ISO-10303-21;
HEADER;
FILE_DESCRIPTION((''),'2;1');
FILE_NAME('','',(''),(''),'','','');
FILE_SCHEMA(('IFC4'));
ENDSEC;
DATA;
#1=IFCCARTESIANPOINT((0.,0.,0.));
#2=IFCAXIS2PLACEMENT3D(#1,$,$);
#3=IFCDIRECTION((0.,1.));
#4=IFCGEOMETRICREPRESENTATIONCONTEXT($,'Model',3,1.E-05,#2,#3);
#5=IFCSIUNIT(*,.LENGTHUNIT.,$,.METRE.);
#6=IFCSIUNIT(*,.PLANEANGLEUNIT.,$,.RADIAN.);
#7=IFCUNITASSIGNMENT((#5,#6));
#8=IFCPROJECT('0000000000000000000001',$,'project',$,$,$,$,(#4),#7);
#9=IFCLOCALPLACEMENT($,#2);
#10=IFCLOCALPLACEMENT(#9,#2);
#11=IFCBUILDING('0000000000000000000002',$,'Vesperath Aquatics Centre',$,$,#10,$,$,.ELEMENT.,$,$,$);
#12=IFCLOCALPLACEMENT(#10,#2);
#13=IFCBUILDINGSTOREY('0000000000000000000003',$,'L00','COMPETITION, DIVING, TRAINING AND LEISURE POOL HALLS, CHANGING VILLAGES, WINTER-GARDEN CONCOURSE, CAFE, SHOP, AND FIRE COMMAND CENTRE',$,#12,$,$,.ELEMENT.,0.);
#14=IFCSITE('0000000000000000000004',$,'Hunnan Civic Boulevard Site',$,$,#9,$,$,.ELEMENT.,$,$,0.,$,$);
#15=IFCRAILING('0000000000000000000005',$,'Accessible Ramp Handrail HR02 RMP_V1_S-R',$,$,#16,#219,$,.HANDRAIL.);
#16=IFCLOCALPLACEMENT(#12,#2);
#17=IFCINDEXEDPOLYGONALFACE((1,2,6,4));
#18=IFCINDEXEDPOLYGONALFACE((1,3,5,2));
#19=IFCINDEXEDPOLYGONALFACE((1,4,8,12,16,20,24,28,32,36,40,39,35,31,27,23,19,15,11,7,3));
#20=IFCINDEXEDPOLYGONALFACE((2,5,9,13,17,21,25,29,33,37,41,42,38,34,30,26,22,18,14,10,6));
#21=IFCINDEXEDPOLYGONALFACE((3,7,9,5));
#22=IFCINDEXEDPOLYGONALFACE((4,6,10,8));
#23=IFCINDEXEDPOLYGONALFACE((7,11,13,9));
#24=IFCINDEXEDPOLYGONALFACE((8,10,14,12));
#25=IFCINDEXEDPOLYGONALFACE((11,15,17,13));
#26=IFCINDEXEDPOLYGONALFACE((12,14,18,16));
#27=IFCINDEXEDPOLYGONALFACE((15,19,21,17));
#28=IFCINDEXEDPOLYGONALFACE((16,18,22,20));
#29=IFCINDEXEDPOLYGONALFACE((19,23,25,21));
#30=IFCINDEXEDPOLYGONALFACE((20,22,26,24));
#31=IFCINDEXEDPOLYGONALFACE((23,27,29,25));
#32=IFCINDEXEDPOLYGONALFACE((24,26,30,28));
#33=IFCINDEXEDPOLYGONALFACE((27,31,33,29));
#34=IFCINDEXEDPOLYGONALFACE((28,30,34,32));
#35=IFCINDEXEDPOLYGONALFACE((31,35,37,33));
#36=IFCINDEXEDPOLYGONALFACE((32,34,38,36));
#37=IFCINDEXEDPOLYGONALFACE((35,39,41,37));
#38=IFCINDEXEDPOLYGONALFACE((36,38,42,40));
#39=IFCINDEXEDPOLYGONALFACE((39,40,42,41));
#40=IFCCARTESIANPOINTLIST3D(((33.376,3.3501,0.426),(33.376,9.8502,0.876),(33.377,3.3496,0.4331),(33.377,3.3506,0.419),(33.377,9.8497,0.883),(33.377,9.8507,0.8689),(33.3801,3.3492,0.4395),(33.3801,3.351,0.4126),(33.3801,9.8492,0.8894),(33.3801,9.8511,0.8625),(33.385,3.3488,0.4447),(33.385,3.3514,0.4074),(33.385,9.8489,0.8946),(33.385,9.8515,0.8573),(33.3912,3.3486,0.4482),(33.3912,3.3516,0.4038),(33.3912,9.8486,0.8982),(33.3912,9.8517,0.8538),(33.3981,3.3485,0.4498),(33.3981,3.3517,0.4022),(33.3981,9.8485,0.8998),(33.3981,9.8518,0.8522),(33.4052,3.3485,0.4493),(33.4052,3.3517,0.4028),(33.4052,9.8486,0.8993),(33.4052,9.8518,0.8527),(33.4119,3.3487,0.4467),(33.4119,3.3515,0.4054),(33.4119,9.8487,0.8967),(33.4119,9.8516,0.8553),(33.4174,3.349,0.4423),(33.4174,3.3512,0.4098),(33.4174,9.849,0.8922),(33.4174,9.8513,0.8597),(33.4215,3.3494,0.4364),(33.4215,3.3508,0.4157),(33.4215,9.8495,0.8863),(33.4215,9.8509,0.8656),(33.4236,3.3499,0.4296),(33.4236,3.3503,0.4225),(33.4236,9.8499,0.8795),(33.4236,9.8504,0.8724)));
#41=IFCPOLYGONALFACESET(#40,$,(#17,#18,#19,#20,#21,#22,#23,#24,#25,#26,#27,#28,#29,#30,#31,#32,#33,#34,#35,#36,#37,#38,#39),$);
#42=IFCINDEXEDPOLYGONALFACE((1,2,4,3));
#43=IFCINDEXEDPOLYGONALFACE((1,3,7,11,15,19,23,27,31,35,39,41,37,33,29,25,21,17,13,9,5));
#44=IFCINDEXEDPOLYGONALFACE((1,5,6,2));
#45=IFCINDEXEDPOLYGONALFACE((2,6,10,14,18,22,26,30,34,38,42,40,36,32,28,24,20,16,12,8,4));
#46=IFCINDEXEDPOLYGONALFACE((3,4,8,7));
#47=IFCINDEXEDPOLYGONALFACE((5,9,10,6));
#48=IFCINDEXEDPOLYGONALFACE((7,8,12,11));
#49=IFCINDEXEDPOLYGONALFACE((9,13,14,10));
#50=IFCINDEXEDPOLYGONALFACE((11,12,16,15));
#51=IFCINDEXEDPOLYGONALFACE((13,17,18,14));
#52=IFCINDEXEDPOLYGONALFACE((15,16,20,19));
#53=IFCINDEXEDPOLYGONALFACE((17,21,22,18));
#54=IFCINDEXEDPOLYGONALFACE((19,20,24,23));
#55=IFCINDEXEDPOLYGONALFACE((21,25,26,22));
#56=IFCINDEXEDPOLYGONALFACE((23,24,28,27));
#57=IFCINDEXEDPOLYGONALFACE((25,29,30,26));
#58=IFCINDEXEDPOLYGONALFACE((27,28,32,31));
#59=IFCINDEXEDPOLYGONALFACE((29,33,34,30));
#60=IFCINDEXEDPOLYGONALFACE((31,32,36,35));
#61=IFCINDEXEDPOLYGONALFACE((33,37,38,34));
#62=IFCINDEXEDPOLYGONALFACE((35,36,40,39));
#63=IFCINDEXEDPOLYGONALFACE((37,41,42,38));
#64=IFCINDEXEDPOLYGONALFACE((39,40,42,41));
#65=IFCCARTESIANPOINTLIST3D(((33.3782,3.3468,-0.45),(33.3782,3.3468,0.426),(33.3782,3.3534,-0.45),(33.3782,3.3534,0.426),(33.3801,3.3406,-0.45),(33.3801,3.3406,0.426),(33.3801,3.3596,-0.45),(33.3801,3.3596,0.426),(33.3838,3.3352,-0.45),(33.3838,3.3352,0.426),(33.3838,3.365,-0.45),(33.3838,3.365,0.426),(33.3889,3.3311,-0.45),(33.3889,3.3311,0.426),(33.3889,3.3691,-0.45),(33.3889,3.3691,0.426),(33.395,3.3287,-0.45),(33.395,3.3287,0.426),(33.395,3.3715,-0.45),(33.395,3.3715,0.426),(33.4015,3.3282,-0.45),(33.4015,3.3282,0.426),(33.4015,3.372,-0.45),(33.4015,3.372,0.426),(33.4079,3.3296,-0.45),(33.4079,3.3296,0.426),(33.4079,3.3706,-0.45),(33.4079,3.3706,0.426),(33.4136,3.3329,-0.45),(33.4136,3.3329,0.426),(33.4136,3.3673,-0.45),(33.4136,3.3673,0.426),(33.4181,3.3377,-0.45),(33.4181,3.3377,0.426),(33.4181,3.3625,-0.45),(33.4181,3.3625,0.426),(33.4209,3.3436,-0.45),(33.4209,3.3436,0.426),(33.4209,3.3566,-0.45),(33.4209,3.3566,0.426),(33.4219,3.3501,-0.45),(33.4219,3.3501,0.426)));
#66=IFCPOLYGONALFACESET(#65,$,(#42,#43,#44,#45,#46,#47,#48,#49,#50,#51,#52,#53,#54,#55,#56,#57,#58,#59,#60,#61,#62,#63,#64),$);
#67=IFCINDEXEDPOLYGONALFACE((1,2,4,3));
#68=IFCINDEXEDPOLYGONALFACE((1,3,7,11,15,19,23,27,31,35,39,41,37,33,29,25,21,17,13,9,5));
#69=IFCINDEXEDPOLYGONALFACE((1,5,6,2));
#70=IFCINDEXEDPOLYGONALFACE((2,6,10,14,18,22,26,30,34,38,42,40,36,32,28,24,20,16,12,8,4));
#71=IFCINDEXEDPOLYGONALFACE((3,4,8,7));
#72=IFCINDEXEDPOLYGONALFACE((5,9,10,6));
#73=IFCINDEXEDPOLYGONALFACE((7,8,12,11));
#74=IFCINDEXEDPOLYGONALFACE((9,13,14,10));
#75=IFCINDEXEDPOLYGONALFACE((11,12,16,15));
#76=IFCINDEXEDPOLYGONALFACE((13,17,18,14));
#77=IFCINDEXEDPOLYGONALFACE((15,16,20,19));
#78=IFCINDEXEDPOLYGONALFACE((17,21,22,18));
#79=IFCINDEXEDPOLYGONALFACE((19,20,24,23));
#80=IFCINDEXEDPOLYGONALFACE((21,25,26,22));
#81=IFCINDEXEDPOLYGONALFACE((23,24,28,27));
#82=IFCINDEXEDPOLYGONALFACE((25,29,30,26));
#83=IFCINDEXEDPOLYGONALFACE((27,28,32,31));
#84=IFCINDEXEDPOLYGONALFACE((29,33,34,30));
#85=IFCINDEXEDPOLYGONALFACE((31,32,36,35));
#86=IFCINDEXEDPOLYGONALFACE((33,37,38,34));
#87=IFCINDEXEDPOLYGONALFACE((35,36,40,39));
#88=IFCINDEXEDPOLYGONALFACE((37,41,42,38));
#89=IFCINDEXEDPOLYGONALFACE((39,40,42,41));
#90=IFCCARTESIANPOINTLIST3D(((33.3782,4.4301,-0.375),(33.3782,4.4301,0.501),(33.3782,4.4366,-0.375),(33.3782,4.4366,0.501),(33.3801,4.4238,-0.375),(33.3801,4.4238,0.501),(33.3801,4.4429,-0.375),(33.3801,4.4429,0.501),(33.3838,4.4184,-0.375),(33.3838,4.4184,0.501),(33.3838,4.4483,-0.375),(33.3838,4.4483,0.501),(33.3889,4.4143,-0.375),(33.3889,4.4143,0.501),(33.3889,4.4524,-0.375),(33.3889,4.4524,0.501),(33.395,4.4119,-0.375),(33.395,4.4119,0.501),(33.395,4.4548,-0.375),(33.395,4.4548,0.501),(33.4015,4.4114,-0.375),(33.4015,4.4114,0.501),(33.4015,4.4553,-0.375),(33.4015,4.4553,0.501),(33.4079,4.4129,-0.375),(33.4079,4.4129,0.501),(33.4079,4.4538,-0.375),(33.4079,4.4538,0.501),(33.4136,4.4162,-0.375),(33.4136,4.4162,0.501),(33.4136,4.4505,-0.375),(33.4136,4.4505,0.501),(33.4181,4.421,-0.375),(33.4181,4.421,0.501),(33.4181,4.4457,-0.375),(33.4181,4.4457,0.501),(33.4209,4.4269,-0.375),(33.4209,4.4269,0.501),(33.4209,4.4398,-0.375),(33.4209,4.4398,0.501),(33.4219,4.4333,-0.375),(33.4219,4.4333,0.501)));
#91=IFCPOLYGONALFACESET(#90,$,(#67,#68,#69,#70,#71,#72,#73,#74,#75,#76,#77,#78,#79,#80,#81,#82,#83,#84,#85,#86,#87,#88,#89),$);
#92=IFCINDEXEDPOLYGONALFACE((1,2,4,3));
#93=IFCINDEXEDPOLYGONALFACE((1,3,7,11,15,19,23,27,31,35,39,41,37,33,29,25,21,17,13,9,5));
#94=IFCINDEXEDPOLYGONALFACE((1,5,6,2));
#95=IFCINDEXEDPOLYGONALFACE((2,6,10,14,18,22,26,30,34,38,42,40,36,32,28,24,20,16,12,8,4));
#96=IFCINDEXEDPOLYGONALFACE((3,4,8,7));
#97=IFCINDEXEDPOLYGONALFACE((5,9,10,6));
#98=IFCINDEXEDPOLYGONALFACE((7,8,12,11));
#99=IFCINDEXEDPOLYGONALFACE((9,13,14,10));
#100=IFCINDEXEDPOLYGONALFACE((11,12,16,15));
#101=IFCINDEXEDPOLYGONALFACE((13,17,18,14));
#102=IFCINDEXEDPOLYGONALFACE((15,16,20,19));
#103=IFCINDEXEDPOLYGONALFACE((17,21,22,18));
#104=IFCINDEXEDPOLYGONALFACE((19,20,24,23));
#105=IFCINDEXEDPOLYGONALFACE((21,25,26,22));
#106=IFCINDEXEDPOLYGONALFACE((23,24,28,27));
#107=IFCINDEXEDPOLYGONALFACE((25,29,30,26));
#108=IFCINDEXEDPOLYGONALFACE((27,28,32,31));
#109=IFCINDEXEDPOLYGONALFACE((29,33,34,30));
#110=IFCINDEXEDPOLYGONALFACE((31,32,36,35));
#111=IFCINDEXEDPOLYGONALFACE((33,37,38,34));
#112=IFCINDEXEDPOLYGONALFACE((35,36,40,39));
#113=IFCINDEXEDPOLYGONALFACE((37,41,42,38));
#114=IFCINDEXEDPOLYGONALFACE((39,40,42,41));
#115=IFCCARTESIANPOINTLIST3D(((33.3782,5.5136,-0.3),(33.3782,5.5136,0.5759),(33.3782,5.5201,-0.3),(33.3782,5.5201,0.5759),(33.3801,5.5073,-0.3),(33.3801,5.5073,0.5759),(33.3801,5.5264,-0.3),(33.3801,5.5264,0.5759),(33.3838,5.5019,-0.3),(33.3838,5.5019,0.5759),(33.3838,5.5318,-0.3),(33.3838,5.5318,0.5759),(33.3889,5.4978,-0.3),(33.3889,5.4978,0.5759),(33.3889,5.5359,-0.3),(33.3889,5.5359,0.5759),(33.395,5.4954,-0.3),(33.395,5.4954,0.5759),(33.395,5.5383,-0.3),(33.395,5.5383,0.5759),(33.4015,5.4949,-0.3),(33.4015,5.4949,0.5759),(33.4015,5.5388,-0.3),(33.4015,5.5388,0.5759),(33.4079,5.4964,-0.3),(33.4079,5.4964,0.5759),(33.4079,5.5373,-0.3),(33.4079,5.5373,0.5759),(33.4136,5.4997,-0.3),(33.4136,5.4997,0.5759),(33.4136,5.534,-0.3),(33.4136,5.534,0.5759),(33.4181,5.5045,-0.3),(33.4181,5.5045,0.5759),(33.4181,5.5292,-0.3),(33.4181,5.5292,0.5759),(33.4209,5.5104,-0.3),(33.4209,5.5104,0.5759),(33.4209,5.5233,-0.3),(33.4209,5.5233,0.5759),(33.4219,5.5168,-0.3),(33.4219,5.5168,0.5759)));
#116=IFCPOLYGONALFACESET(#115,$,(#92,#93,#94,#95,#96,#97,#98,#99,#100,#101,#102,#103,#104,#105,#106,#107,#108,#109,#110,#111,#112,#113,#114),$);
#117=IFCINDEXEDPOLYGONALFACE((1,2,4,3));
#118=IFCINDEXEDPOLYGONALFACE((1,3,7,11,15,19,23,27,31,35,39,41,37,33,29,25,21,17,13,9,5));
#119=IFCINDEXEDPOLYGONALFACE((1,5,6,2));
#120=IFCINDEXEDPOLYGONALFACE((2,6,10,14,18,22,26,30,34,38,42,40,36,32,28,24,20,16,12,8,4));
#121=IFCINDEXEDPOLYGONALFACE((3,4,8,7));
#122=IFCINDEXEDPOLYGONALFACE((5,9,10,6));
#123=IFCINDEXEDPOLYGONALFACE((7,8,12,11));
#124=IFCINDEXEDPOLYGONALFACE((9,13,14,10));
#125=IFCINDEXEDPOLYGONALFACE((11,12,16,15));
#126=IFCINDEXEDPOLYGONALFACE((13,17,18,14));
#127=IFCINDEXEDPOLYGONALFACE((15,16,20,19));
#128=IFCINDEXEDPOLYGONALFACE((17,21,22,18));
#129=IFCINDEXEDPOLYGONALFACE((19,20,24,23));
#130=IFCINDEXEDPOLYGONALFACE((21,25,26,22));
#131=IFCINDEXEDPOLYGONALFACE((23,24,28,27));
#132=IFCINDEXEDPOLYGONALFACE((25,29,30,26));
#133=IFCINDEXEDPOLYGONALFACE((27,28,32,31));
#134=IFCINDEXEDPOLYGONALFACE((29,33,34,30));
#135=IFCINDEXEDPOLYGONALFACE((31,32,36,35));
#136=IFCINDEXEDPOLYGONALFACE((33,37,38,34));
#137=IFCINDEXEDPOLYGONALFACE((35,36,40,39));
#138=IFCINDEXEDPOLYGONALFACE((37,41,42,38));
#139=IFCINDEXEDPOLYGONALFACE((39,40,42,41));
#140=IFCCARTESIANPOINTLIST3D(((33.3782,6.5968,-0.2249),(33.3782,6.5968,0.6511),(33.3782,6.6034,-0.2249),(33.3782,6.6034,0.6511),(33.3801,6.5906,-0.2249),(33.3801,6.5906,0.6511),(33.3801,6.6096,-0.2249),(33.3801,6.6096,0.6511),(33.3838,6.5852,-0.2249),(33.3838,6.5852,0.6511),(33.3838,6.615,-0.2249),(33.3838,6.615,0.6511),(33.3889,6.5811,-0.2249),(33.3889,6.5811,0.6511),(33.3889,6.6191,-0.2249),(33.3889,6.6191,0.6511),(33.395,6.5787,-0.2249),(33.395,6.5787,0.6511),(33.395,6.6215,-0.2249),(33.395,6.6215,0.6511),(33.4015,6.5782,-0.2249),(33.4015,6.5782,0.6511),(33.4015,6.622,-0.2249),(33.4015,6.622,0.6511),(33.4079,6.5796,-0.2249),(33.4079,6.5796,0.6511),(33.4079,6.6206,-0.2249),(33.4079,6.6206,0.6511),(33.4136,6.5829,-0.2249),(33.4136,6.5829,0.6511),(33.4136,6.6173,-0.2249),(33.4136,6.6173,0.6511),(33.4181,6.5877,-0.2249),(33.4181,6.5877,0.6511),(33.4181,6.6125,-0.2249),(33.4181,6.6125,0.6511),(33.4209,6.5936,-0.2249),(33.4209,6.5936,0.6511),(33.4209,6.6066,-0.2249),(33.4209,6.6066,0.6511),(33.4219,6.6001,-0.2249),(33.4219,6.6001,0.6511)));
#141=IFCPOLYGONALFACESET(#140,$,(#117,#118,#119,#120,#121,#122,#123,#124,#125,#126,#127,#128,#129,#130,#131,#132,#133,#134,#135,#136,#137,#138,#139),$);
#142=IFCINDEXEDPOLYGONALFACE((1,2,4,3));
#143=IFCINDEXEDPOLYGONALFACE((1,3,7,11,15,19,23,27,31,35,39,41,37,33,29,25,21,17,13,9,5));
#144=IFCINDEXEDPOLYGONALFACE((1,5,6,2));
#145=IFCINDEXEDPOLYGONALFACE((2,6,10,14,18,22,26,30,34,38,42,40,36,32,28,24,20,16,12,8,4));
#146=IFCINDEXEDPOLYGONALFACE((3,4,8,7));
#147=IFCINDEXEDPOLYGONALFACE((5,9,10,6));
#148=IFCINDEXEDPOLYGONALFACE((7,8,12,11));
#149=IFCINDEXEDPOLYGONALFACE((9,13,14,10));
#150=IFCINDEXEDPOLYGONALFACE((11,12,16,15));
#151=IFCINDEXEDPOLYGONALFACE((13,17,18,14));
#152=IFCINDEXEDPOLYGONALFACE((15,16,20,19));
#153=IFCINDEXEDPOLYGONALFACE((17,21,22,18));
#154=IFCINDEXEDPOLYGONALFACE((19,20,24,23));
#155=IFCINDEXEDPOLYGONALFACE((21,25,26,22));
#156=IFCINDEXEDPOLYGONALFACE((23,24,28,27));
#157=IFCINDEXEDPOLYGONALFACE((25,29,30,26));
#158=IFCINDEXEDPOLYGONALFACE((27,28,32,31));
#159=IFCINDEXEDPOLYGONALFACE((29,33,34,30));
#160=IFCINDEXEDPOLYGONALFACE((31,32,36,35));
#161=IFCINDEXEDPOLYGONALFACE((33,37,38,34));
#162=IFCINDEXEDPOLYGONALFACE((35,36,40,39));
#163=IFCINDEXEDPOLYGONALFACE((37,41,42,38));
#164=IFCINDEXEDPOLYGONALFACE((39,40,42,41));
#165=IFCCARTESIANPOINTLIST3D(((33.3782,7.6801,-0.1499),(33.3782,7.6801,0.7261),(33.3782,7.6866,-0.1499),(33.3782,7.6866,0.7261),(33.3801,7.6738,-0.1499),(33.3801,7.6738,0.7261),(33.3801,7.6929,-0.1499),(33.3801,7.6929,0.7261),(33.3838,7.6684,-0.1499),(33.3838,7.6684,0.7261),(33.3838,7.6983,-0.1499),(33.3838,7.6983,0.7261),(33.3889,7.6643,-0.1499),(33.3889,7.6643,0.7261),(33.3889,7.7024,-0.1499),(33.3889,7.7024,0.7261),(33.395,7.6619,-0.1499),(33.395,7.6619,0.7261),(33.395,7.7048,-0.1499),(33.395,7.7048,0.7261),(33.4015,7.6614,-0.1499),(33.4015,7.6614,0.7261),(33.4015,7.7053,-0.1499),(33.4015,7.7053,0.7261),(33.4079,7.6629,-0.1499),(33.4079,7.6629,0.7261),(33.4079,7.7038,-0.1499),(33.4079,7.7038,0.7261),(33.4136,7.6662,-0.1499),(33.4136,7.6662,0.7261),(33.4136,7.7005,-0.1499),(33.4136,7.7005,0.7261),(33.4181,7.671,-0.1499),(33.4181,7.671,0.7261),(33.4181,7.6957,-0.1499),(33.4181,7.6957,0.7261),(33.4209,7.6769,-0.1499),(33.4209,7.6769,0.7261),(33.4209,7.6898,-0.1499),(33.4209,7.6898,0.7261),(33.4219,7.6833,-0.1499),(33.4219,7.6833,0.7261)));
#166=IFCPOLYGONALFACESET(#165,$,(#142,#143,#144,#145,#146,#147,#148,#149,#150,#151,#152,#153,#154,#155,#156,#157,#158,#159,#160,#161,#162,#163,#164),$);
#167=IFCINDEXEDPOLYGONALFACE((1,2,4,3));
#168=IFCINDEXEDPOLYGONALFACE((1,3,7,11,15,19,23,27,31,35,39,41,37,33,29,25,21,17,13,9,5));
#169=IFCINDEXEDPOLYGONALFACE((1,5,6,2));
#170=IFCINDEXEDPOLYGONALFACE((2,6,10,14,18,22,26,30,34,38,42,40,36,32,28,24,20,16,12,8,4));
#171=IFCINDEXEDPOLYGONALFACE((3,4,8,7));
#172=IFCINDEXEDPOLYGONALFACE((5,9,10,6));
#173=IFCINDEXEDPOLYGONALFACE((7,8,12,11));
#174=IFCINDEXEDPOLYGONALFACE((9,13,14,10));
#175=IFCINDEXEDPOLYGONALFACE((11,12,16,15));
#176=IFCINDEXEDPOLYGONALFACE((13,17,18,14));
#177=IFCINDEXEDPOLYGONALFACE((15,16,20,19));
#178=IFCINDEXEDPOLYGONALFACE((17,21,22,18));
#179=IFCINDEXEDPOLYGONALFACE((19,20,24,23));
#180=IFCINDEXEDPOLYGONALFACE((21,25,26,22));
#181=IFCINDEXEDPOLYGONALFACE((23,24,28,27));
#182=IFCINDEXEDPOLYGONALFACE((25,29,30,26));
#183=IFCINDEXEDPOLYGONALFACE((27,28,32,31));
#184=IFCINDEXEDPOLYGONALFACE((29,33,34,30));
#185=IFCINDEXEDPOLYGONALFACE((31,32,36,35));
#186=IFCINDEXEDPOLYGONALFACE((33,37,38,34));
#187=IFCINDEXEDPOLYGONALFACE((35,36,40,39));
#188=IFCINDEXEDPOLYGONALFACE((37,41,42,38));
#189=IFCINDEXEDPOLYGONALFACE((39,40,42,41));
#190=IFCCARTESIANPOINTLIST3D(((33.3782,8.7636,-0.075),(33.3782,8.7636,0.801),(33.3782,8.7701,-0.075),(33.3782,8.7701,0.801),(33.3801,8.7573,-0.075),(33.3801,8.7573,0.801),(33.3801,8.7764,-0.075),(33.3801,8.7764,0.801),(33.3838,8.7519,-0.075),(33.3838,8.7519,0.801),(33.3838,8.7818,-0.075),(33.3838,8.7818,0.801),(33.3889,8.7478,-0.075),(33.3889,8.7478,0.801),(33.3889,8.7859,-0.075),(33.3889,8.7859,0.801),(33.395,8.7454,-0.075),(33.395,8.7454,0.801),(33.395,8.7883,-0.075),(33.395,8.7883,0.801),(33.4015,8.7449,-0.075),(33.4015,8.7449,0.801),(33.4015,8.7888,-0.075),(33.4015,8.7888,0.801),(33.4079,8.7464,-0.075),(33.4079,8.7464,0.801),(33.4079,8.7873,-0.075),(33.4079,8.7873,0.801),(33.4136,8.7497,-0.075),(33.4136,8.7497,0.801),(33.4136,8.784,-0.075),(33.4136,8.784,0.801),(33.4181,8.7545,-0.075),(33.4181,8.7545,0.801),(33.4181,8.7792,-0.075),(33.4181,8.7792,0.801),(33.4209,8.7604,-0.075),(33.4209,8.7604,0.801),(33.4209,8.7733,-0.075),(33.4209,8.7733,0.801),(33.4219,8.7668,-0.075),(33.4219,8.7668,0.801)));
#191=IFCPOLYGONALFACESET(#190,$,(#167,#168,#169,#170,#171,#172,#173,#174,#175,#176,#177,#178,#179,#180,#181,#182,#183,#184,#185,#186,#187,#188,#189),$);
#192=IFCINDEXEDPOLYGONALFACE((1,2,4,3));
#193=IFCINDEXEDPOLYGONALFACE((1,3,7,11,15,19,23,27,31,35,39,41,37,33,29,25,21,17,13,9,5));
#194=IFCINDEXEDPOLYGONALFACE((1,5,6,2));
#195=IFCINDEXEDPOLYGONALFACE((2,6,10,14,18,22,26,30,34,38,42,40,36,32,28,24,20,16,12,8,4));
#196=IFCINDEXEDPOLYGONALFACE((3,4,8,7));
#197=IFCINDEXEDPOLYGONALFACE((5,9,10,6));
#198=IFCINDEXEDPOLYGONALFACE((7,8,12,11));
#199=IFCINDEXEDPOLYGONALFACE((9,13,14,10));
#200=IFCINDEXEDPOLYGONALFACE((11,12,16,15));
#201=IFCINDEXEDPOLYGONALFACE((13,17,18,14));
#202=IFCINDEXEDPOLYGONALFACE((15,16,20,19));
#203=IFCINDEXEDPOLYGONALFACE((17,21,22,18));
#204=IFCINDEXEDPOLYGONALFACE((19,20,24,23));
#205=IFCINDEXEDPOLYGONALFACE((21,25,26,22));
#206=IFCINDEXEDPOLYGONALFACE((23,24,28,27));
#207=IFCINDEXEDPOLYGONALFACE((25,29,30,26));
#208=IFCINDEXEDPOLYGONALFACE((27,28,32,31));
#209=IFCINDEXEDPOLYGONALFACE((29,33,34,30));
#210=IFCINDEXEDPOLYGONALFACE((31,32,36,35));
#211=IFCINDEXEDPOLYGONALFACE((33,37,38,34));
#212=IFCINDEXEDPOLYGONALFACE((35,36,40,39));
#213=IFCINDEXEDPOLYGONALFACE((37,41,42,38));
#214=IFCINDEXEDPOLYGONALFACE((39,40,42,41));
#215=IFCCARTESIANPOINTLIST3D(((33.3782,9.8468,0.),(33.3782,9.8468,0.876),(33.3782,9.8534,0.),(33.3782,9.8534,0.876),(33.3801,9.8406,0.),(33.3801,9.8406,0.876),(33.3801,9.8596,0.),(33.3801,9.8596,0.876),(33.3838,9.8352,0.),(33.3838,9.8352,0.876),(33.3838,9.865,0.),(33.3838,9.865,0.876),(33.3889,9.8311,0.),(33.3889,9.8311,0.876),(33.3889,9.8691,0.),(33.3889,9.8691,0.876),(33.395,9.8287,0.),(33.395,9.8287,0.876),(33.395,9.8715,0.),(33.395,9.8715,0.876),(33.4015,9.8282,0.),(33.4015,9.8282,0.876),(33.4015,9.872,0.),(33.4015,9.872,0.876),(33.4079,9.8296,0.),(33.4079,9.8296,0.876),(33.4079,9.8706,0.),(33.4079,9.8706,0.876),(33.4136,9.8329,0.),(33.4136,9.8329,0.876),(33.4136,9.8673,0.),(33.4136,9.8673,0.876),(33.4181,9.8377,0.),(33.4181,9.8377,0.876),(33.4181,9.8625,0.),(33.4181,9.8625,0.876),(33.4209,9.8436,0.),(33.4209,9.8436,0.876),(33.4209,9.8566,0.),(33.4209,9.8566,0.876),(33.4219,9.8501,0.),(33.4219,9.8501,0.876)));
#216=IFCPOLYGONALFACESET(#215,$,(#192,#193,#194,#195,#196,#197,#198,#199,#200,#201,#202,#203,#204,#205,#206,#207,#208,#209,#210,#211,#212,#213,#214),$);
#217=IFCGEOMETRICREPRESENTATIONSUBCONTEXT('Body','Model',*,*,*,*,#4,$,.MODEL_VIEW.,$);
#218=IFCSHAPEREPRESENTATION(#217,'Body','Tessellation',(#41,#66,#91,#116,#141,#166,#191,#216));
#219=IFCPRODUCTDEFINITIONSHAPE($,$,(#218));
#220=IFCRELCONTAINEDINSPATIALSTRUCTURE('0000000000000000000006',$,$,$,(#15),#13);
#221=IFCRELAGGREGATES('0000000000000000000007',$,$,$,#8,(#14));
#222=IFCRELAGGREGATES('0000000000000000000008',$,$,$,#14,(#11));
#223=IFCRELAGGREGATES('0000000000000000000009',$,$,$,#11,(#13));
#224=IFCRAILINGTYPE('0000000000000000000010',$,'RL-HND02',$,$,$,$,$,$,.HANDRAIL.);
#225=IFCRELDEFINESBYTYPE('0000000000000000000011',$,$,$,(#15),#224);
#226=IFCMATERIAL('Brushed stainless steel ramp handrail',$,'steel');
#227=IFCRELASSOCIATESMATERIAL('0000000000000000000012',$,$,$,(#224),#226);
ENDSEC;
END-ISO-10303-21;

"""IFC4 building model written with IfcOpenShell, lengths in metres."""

from ifc_helpers import new_model, si_unit, direction, frame, origin, origin_2d, place, context, subcontext, project, spatial, circle, extrude, material, type_object, element, save


model = new_model("IFC4")

# Units and contexts
model_context = context("Model", 3, precision=1e-05, world=origin(), true_north=direction((0.0, 1.0)))
body_context = subcontext(model_context, "Body", "Model", "MODEL_VIEW")
ifc_project = project(units=[si_unit("LENGTHUNIT", "METRE"), si_unit("PLANEANGLEUNIT", "RADIAN")], contexts=[model_context])

# Site, building, storey
site_placement = place(None, origin())
site = spatial("IfcSite", under=ifc_project, at=site_placement, Name="Hunnan Civic Boulevard Site", CompositionType="ELEMENT", RefElevation=0.0)
building_placement = place(site_placement, origin())
building = spatial("IfcBuilding", under=site, at=building_placement, Name="Vesperath Aquatics Centre", CompositionType="ELEMENT")
storey_placement = place(building_placement, origin())
storey = spatial("IfcBuildingStorey", under=building, at=storey_placement, Name="L00", Description="COMPETITION, DIVING, TRAINING AND LEISURE POOL HALLS, CHANGING VILLAGES, WINTER-GARDEN CONCOURSE, CAFE, SHOP, AND FIRE COMMAND CENTRE", CompositionType="ELEMENT", Elevation=0.0)

# Railing
ifc_material_1 = material(Name="Brushed stainless steel ramp handrail", Category="steel")
railing_type = type_object("IfcRailingType", Name="RL-HND02", PredefinedType="HANDRAIL", material=ifc_material_1)
for number, where, name in (
    (1, (33.3999, 3.3501, -0.45), "Accessible Ramp Handrail HR02 RMP_V1_S-R"),
):
    element("IfcRailing", number, at=place(storey_placement, frame(where)), inside=storey, type_object=railing_type, Name=name, PredefinedType="HANDRAIL", context=body_context, shape_type="SweptSolid", body=[
        extrude(circle(Radius=0.0239, at=origin_2d()), frame((0.0, 0.0, 0.876), z_axis=(0.0, 0.997613, 0.069058), x_axis=(-1.0, 0.0, 0.0)), (0.0, 0.0, 1.0), 6.5156),
        extrude(circle(Radius=0.022, at=origin_2d()), origin(), (0.0, 0.0, 1.0), 0.876),
        extrude(circle(Radius=0.022, at=origin_2d()), frame((0.0, 1.0833, 0.075)), (0.0, 0.0, 1.0), 0.876),
        extrude(circle(Radius=0.022, at=origin_2d()), frame((0.0, 2.1667, 0.1499)), (0.0, 0.0, 1.0), 0.876),
        extrude(circle(Radius=0.022, at=origin_2d()), frame((0.0, 3.25, 0.2251)), (0.0, 0.0, 1.0), 0.876),
        extrude(circle(Radius=0.022, at=origin_2d()), frame((0.0, 4.3333, 0.3)), (0.0, 0.0, 1.0), 0.876),
        extrude(circle(Radius=0.022, at=origin_2d()), frame((0.0, 5.4167, 0.375)), (0.0, 0.0, 1.0), 0.876),
        extrude(circle(Radius=0.022, at=origin_2d()), frame((0.0, 6.5, 0.45)), (0.0, 0.0, 1.0), 0.876),
    ])

save(model, "model.ifc")
